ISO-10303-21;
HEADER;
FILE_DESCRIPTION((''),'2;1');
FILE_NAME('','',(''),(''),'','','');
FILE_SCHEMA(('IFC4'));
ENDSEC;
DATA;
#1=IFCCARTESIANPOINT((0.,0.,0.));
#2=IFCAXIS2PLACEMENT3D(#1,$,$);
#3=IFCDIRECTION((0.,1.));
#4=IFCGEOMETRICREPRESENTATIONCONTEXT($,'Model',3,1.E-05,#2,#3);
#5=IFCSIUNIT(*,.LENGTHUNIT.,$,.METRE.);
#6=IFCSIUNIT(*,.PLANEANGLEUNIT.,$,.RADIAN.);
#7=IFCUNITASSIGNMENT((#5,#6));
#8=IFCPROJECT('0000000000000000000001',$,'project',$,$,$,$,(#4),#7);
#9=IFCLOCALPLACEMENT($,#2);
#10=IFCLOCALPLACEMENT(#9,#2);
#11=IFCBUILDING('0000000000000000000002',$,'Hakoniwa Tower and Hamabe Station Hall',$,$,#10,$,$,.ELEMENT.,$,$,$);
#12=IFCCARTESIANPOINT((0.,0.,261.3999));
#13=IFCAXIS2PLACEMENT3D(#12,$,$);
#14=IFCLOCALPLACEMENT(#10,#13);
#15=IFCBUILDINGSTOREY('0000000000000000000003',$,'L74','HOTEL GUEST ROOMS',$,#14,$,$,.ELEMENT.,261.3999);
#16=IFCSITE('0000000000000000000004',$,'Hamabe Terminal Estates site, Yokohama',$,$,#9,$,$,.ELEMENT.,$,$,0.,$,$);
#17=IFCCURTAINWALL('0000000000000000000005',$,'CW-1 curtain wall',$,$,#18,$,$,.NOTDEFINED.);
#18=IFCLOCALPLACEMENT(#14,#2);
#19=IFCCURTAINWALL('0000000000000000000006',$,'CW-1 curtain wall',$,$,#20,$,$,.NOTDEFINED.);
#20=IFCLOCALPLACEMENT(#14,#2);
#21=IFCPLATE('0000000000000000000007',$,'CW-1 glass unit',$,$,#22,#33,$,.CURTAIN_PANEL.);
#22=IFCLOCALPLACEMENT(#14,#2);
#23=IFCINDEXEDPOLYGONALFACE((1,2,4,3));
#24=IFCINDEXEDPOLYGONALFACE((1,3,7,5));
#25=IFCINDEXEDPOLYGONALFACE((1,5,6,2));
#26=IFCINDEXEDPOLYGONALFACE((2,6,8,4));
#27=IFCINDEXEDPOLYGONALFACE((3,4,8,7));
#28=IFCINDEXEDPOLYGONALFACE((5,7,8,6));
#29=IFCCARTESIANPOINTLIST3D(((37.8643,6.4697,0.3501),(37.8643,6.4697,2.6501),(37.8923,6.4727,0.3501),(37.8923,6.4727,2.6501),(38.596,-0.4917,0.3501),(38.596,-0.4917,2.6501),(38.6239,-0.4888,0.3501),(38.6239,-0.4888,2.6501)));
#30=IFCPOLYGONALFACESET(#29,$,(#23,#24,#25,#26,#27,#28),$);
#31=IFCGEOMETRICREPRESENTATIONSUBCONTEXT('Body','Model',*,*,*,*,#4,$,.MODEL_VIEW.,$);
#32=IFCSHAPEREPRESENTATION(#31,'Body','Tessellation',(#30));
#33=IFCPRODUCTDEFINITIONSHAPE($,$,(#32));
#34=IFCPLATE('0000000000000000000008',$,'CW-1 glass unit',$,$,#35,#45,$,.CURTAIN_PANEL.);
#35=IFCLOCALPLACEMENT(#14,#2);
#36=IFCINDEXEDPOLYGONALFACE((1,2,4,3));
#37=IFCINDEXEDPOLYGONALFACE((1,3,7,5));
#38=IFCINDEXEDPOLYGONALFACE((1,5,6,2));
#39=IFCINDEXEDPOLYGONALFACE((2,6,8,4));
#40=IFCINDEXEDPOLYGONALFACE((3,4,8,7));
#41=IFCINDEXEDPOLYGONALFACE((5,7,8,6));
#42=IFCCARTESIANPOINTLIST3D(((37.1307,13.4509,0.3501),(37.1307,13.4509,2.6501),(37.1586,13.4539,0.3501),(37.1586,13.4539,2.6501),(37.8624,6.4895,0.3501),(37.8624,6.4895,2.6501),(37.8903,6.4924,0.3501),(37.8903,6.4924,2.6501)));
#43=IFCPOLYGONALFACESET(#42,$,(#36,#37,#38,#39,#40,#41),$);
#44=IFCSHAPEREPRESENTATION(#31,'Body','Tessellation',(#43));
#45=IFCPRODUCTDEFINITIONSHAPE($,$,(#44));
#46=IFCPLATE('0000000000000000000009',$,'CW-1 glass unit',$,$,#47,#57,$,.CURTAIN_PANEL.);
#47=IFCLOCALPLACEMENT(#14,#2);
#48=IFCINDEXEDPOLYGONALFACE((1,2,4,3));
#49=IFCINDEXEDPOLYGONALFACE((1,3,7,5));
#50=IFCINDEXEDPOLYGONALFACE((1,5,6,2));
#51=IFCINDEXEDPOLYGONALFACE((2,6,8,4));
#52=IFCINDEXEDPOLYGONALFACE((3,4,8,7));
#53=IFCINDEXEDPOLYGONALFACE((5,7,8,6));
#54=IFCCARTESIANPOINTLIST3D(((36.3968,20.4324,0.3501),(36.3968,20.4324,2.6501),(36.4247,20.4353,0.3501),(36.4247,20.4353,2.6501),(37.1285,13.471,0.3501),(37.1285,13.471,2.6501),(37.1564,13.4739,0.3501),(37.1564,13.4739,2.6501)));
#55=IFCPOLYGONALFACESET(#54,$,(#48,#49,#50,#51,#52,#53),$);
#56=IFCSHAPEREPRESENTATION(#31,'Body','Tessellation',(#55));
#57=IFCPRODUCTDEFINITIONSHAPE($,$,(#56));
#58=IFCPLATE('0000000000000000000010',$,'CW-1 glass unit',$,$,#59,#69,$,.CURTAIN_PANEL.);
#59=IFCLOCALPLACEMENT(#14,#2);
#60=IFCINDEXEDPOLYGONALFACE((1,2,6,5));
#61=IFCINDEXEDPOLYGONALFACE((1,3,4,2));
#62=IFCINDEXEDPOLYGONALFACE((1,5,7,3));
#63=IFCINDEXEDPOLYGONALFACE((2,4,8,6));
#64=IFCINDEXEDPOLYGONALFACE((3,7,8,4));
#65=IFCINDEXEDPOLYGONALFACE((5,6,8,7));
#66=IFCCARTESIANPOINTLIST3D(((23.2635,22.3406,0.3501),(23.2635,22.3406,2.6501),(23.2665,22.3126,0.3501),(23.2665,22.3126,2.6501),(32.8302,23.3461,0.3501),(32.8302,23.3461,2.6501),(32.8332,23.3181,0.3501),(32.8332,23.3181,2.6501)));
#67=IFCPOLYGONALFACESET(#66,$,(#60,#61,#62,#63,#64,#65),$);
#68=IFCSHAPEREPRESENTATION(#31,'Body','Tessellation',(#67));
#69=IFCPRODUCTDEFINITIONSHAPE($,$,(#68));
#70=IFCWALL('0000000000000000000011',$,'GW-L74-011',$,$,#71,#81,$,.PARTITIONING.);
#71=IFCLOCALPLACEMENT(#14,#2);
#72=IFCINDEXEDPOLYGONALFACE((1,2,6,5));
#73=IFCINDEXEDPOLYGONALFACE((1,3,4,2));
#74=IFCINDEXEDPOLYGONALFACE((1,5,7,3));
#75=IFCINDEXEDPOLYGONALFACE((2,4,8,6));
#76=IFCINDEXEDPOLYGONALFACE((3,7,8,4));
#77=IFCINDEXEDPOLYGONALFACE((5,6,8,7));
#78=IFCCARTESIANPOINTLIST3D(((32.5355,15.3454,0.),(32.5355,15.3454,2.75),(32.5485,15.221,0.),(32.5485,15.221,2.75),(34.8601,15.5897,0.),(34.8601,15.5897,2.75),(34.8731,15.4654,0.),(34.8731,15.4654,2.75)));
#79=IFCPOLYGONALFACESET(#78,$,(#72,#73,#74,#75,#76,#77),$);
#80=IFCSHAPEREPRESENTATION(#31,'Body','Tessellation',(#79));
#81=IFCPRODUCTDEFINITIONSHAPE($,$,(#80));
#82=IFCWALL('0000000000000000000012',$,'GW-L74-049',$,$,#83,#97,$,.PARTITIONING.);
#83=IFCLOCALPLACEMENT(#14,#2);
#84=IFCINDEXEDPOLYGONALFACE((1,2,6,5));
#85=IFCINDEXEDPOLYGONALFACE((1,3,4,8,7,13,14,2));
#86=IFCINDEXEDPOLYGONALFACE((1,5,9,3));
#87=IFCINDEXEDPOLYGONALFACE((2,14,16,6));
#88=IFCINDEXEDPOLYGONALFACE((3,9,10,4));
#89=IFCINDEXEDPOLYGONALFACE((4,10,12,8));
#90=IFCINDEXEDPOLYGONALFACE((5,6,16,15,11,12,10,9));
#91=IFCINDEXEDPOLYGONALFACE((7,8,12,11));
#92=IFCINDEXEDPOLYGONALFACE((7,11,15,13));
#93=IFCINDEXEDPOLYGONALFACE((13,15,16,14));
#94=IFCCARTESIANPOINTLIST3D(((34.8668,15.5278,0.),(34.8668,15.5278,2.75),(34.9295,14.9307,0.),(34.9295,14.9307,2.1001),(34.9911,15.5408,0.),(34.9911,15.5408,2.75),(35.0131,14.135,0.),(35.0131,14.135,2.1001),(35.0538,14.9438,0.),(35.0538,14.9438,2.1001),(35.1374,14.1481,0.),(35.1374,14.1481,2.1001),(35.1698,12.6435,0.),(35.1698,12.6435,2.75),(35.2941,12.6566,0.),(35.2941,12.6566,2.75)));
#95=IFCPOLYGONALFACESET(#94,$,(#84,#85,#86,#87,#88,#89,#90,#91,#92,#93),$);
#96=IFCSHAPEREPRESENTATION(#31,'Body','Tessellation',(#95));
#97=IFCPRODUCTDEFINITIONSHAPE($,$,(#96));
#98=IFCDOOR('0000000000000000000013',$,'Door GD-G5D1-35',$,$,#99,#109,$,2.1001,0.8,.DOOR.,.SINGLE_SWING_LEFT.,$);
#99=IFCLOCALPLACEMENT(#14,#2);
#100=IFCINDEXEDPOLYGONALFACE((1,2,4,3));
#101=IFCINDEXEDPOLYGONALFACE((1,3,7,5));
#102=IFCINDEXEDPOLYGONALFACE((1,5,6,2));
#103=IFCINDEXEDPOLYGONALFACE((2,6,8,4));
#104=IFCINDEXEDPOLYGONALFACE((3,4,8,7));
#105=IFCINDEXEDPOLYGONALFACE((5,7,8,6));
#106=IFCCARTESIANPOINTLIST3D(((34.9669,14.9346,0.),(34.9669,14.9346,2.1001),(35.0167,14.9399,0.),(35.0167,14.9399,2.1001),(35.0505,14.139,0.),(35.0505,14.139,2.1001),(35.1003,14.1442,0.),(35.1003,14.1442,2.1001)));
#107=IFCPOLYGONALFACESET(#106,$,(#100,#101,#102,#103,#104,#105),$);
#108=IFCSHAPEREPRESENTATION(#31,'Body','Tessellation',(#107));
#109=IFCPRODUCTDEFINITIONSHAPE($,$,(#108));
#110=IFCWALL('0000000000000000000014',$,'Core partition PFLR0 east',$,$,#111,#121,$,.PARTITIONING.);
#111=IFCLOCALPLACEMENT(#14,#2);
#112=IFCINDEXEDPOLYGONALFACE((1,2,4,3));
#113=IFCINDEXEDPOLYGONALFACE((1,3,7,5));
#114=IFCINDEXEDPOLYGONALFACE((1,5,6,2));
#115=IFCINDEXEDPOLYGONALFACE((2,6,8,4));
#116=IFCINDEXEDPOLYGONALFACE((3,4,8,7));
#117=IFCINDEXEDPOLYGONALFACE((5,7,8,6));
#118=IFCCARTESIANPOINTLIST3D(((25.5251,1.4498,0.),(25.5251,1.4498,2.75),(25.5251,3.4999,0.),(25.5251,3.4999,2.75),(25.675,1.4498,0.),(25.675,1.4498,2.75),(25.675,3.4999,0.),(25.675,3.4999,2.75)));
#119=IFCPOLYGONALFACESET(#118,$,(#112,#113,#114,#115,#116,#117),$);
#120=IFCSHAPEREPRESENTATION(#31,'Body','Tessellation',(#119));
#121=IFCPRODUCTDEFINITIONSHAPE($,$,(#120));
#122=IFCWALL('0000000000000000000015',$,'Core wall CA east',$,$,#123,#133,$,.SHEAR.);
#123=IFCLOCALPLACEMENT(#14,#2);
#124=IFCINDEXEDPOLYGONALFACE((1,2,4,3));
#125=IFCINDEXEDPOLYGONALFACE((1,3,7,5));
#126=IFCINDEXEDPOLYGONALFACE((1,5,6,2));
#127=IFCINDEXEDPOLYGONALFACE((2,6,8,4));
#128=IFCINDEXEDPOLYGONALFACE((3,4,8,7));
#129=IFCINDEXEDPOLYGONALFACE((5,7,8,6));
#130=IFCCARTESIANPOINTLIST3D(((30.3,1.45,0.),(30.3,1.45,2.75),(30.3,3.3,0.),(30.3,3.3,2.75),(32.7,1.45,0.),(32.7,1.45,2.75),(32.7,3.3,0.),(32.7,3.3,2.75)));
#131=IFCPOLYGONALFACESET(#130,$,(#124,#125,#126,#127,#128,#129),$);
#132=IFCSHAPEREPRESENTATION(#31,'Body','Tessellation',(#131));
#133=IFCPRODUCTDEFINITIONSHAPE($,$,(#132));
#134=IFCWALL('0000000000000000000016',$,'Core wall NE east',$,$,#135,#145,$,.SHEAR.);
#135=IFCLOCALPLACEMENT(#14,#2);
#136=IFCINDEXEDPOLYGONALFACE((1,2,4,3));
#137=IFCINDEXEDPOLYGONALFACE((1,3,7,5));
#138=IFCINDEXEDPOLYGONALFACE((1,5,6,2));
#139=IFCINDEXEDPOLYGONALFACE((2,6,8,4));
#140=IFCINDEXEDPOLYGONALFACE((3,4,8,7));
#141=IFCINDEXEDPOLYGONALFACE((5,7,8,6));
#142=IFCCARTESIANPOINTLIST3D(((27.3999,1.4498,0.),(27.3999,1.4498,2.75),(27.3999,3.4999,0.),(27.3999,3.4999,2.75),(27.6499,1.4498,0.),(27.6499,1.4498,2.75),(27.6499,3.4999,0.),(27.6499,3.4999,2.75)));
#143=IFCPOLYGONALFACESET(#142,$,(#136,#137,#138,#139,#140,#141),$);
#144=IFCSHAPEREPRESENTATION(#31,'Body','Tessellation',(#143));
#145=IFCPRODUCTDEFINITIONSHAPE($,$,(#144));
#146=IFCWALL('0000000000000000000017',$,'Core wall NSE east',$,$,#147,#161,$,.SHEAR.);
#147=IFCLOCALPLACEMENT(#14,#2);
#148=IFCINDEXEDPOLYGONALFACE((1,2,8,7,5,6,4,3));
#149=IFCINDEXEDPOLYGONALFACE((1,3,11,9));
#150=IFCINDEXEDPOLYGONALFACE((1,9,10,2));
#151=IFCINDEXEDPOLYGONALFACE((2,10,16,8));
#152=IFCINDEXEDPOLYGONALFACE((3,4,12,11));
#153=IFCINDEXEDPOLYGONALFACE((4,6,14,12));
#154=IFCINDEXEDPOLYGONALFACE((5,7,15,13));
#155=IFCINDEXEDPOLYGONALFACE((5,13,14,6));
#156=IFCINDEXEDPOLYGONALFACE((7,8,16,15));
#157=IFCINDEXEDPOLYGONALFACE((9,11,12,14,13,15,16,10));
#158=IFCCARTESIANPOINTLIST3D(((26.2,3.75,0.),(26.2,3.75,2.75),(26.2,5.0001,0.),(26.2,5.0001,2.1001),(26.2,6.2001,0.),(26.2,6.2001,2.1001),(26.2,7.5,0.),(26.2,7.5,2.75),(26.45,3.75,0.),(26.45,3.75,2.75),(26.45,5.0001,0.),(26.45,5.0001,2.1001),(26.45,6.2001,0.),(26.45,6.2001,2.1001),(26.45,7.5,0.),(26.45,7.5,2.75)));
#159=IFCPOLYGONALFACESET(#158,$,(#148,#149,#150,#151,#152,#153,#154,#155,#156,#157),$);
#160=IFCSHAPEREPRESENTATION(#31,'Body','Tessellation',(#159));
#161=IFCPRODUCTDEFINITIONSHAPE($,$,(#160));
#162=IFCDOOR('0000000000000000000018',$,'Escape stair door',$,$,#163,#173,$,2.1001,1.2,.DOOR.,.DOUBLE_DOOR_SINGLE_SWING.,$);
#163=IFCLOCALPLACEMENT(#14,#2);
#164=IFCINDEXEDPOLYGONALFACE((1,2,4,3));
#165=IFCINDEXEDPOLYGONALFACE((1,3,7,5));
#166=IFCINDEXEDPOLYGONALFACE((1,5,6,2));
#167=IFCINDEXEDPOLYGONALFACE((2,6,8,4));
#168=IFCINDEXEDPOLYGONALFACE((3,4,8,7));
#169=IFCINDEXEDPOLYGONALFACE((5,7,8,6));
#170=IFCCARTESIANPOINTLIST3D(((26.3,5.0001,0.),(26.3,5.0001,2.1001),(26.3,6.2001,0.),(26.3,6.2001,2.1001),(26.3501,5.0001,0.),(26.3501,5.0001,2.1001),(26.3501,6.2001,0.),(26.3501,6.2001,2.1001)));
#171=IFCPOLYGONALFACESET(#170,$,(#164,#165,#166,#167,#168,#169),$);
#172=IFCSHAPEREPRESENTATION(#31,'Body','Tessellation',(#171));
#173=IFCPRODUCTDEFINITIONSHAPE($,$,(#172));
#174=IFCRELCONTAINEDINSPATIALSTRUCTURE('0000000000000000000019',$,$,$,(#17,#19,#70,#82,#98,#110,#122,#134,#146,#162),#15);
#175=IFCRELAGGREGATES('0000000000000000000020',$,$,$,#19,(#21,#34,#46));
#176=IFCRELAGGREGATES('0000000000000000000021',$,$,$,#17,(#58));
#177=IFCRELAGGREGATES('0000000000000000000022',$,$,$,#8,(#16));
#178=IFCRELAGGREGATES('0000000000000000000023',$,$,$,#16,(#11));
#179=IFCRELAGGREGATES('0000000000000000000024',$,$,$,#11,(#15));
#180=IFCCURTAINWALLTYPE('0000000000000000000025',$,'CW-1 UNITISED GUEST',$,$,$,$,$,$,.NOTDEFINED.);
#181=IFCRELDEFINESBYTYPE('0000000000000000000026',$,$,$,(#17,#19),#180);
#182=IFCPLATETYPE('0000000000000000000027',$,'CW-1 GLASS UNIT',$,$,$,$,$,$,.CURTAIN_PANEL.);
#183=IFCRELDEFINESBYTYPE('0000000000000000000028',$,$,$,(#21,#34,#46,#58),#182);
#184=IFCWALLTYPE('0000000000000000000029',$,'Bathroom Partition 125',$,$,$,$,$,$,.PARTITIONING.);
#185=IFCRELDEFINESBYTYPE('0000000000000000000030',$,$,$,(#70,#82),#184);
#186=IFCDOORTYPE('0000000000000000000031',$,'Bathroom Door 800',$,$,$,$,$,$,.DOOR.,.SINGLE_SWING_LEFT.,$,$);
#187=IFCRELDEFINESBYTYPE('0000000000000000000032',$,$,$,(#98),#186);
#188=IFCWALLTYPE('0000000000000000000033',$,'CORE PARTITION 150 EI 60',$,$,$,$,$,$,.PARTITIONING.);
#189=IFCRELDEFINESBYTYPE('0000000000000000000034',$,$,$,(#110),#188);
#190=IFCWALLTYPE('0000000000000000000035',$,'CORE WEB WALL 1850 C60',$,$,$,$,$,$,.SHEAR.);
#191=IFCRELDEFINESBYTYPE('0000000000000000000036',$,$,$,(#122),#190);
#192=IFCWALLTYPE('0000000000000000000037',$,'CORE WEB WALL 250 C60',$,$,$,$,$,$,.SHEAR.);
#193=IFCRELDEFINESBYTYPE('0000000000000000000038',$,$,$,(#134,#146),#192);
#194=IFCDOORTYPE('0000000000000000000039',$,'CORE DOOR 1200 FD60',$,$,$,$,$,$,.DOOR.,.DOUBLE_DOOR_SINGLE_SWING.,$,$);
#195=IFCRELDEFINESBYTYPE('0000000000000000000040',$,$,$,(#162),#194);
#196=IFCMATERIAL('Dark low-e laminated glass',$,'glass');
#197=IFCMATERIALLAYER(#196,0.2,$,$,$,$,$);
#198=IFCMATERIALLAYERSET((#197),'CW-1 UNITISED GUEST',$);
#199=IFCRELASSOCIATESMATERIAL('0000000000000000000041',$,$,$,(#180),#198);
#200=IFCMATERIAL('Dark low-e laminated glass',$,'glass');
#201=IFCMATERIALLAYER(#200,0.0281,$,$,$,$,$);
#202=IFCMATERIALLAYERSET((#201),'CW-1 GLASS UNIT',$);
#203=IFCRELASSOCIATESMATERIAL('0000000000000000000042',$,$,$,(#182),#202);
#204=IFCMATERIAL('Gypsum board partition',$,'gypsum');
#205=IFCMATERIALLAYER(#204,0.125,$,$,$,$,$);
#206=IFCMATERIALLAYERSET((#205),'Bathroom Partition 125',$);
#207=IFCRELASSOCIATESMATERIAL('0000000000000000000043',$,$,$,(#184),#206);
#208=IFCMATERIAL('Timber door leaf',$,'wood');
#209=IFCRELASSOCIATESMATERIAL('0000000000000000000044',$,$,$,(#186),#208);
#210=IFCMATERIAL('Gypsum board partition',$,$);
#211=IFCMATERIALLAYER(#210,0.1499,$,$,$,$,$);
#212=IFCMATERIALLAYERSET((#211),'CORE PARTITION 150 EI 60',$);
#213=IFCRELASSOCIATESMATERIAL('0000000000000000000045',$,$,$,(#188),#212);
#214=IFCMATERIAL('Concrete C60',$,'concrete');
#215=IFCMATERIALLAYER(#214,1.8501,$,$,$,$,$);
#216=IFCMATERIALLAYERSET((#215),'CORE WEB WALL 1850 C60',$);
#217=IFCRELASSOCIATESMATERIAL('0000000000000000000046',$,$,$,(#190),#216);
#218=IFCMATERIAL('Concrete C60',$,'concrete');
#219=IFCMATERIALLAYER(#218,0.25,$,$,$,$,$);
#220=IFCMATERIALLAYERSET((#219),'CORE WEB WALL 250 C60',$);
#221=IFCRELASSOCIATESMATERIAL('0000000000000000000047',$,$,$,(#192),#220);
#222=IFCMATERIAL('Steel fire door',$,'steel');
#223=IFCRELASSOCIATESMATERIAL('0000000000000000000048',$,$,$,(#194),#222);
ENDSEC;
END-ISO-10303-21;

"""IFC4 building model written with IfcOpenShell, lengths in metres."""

from ifc_helpers import new_model, si_unit, direction, frame, frame_2d, origin, origin_2d, place, context, subcontext, project, spatial, rectangle, extrude, material, layer, layer_set, type_object, element, fill, aggregate, save


model = new_model("IFC4")

# Units and contexts
model_context = context("Model", 3, precision=1e-05, world=origin(), true_north=direction((0.0, 1.0)))
body_context = subcontext(model_context, "Body", "Model", "MODEL_VIEW")
ifc_project = project(units=[si_unit("LENGTHUNIT", "METRE"), si_unit("PLANEANGLEUNIT", "RADIAN")], contexts=[model_context])

# Site, building, storey
site_placement = place(None, origin())
site = spatial("IfcSite", under=ifc_project, at=site_placement, Name="Hamabe Terminal Estates site, Yokohama", CompositionType="ELEMENT", RefElevation=0.0)
building_placement = place(site_placement, origin())
building = spatial("IfcBuilding", under=site, at=building_placement, Name="Hakoniwa Tower and Hamabe Station Hall", CompositionType="ELEMENT")
storey_placement = place(building_placement, frame((0.0, 0.0, 261.3999)))
storey = spatial("IfcBuildingStorey", under=building, at=storey_placement, Name="L74", Description="HOTEL GUEST ROOMS", CompositionType="ELEMENT", Elevation=261.3999)

# Curtain wall
ifc_material_1 = material(Name="Dark low-e laminated glass", Category="glass")
ifc_layer_1 = layer(ifc_material_1, 0.2)
ifc_layer_set_1 = layer_set([ifc_layer_1], Name="CW-1 UNITISED GUEST")
curtain_wall_type = type_object("IfcCurtainWallType", Name="CW-1 UNITISED GUEST", PredefinedType="NOTDEFINED", material=ifc_layer_set_1)
curtain_wall_1_placement = place(storey_placement, origin())
curtain_wall_1 = element("IfcCurtainWall", 1, at=curtain_wall_1_placement, inside=storey, type_object=curtain_wall_type, Name="CW-1 curtain wall", PredefinedType="NOTDEFINED")

# Curtain wall
curtain_wall_2_placement = place(storey_placement, origin())
curtain_wall_2 = element("IfcCurtainWall", 2, at=curtain_wall_2_placement, inside=storey, type_object=curtain_wall_type, Name="CW-1 curtain wall", PredefinedType="NOTDEFINED")

# Plates
ifc_material_2 = material(Name="Dark low-e laminated glass", Category="glass")
ifc_layer_2 = layer(ifc_material_2, 0.0281)
ifc_layer_set_2 = layer_set([ifc_layer_2], Name="CW-1 GLASS UNIT")
plate_type = type_object("IfcPlateType", Name="CW-1 GLASS UNIT", PredefinedType="CURTAIN_PANEL", material=ifc_layer_set_2)
plate_1_placement = place(storey_placement, frame((38.2441, 2.9905, 0.3501), z_axis=(0.0, 0.0, 1.0), x_axis=(-0.104528, 0.994522, 0.0)))
plate_1 = element("IfcPlate", 3, at=plate_1_placement, type_object=plate_type, Name="CW-1 glass unit", PredefinedType="CURTAIN_PANEL", context=body_context, shape_type="SweptSolid", body=[
    extrude(rectangle(XDim=6.9998, YDim=0.0281, at=origin_2d()), origin(), (0.0, 0.0, 1.0), 2.3),
])
plate_2_placement = place(storey_placement, frame((37.5105, 9.9717, 0.3501), z_axis=(0.0, 0.0, 1.0), x_axis=(-0.104528, 0.994522, 0.0)))
plate_2 = element("IfcPlate", 4, at=plate_2_placement, type_object=plate_type, Name="CW-1 glass unit", PredefinedType="CURTAIN_PANEL", context=body_context, shape_type="SweptSolid", body=[
    extrude(rectangle(XDim=6.9998, YDim=0.0281, at=origin_2d()), origin(), (0.0, 0.0, 1.0), 2.3),
])
plate_3_placement = place(storey_placement, frame((36.7766, 16.9531, 0.3501), z_axis=(0.0, 0.0, 1.0), x_axis=(-0.104528, 0.994522, 0.0)))
plate_3 = element("IfcPlate", 5, at=plate_3_placement, type_object=plate_type, Name="CW-1 glass unit", PredefinedType="CURTAIN_PANEL", context=body_context, shape_type="SweptSolid", body=[
    extrude(rectangle(XDim=6.9998, YDim=0.0281, at=origin_2d()), origin(), (0.0, 0.0, 1.0), 2.3),
])
aggregate(curtain_wall_2, [plate_1, plate_2, plate_3])
plate_4_placement = place(storey_placement, frame((28.0483, 22.8293, 0.3501), z_axis=(0.0, 0.0, 1.0), x_axis=(-0.994522, -0.104528, 0.0)))
plate_4 = element("IfcPlate", 6, at=plate_4_placement, type_object=plate_type, Name="CW-1 glass unit", PredefinedType="CURTAIN_PANEL", context=body_context, shape_type="SweptSolid", body=[
    extrude(rectangle(XDim=9.6194, YDim=0.0281, at=origin_2d()), origin(), (0.0, 0.0, 1.0), 2.3),
])
aggregate(curtain_wall_1, [plate_4])

# Wall
ifc_material_3 = material(Name="Gypsum board partition", Category="gypsum")
ifc_layer_3 = layer(ifc_material_3, 0.125)
ifc_layer_set_3 = layer_set([ifc_layer_3], Name="Bathroom Partition 125")
wall_type_1 = type_object("IfcWallType", Name="Bathroom Partition 125", PredefinedType="PARTITIONING", material=ifc_layer_set_3)
wall_1_placement = place(storey_placement, frame((32.542, 15.2832, 0.0), z_axis=(0.0, 0.0, 1.0), x_axis=(0.99452, 0.104549, 0.0)))
element("IfcWall", 7, at=wall_1_placement, inside=storey, type_object=wall_type_1, Name="GW-L74-011", PredefinedType="PARTITIONING", context=body_context, shape_type="SweptSolid", body=[
    extrude(rectangle(XDim=2.3374, YDim=0.125, at=frame_2d((1.1687, 0.0))), origin(), (0.0, 0.0, 1.0), 2.75),
])

# Wall, opening, door
wall_2_placement = place(storey_placement, frame((35.2319, 12.6499, 0.0), z_axis=(0.0, 0.0, 1.0), x_axis=(-0.10447, 0.994528, 0.0)))
wall_2 = element("IfcWall", 8, at=wall_2_placement, inside=storey, type_object=wall_type_1, Name="GW-L74-049", PredefinedType="PARTITIONING", context=body_context, shape_type="SweptSolid", body=[
    extrude(rectangle(XDim=2.9001, YDim=0.125, at=frame_2d((1.4502, 0.0))), origin(), (0.0, 0.0, 1.0), 2.75),
])
opening_1_placement = place(wall_2_placement, frame((1.5, 0.0, 0.0)))
opening_1 = element("IfcOpeningElement", 9, at=opening_1_placement, cuts=wall_2, PredefinedType="OPENING", context=body_context, shape_type="SweptSolid", body=[
    extrude(rectangle(XDim=0.8, YDim=2.1001, at=frame_2d((0.3999, 1.05))), frame((0.0, 0.0725, 0.0), z_axis=(0.0, -1.0, 0.0), x_axis=(1.0, 0.0, 0.0)), (0.0, 0.0, 1.0), 0.145),
])
ifc_material_4 = material(Name="Timber door leaf", Category="wood")
door_type_1 = type_object("IfcDoorType", Name="Bathroom Door 800", OperationType="SINGLE_SWING_LEFT", PredefinedType="DOOR", material=ifc_material_4)
door_1_placement = place(opening_1_placement, origin())
door_1 = element("IfcDoor", 10, at=door_1_placement, inside=storey, type_object=door_type_1, Name="Door GD-G5D1-35", OperationType="SINGLE_SWING_LEFT", OverallHeight=2.1001, OverallWidth=0.8, PredefinedType="DOOR", context=body_context, shape_type="SweptSolid", body=[
    extrude(rectangle(XDim=0.8, YDim=2.1001, at=frame_2d((0.3999, 1.05))), frame((0.0, 0.0249, 0.0), z_axis=(0.0, -1.0, 0.0), x_axis=(1.0, 0.0, 0.0)), (0.0, 0.0, 1.0), 0.05),
])
fill(opening_1, door_1)

# Walls
ifc_material_5 = material(Name="Gypsum board partition")
ifc_layer_4 = layer(ifc_material_5, 0.1499)
ifc_layer_set_4 = layer_set([ifc_layer_4], Name="CORE PARTITION 150 EI 60")
wall_type_2 = type_object("IfcWallType", Name="CORE PARTITION 150 EI 60", PredefinedType="PARTITIONING", material=ifc_layer_set_4)
wall_3_placement = place(storey_placement, frame((25.6001, 1.45, 0.0), z_axis=(0.0, 0.0, 1.0), x_axis=(0.0, 1.0, 0.0)))
element("IfcWall", 11, at=wall_3_placement, inside=storey, type_object=wall_type_2, Name="Core partition PFLR0 east", PredefinedType="PARTITIONING", context=body_context, shape_type="SweptSolid", body=[
    extrude(rectangle(XDim=2.05, YDim=0.1499, at=frame_2d((1.0249, 0.0))), origin(), (0.0, 0.0, 1.0), 2.75),
])
ifc_material_6 = material(Name="Concrete C60", Category="concrete")
ifc_layer_5 = layer(ifc_material_6, 1.8501)
ifc_layer_set_5 = layer_set([ifc_layer_5], Name="CORE WEB WALL 1850 C60")
wall_type_3 = type_object("IfcWallType", Name="CORE WEB WALL 1850 C60", PredefinedType="SHEAR", material=ifc_layer_set_5)
wall_4_placement = place(storey_placement, frame((30.3, 2.375, 0.0), z_axis=(0.0, 0.0, 1.0), x_axis=(1.0, 0.0, 0.0)))
element("IfcWall", 12, at=wall_4_placement, inside=storey, type_object=wall_type_3, Name="Core wall CA east", PredefinedType="SHEAR", context=body_context, shape_type="SweptSolid", body=[
    extrude(rectangle(XDim=2.3999, YDim=1.8501, at=frame_2d((1.2, 0.0))), origin(), (0.0, 0.0, 1.0), 2.75),
])
ifc_material_7 = material(Name="Concrete C60", Category="concrete")
ifc_layer_6 = layer(ifc_material_7, 0.25)
ifc_layer_set_6 = layer_set([ifc_layer_6], Name="CORE WEB WALL 250 C60")
wall_type_4 = type_object("IfcWallType", Name="CORE WEB WALL 250 C60", PredefinedType="SHEAR", material=ifc_layer_set_6)
wall_5_placement = place(storey_placement, frame((27.5249, 1.45, 0.0), z_axis=(0.0, 0.0, 1.0), x_axis=(0.0, 1.0, 0.0)))
element("IfcWall", 13, at=wall_5_placement, inside=storey, type_object=wall_type_4, Name="Core wall NE east", PredefinedType="SHEAR", context=body_context, shape_type="SweptSolid", body=[
    extrude(rectangle(XDim=2.05, YDim=0.25, at=frame_2d((1.0249, 0.0))), origin(), (0.0, 0.0, 1.0), 2.75),
])

# Wall, opening, door
wall_6_placement = place(storey_placement, frame((26.325, 3.75, 0.0), z_axis=(0.0, 0.0, 1.0), x_axis=(0.0, 1.0, 0.0)))
wall_6 = element("IfcWall", 14, at=wall_6_placement, inside=storey, type_object=wall_type_4, Name="Core wall NSE east", PredefinedType="SHEAR", context=body_context, shape_type="SweptSolid", body=[
    extrude(rectangle(XDim=3.75, YDim=0.25, at=frame_2d((1.875, 0.0))), origin(), (0.0, 0.0, 1.0), 2.75),
])
opening_2_placement = place(wall_6_placement, frame((1.25, 0.0, 0.0)))
opening_2 = element("IfcOpeningElement", 15, at=opening_2_placement, cuts=wall_6, PredefinedType="OPENING", context=body_context, shape_type="SweptSolid", body=[
    extrude(rectangle(XDim=1.2, YDim=2.1001, at=frame_2d((0.6001, 1.05))), frame((0.0, 0.135, 0.0), z_axis=(0.0, -1.0, 0.0), x_axis=(1.0, 0.0, 0.0)), (0.0, 0.0, 1.0), 0.27),
])
ifc_material_8 = material(Name="Steel fire door", Category="steel")
door_type_2 = type_object("IfcDoorType", Name="CORE DOOR 1200 FD60", OperationType="DOUBLE_DOOR_SINGLE_SWING", PredefinedType="DOOR", material=ifc_material_8)
door_2_placement = place(opening_2_placement, origin())
door_2 = element("IfcDoor", 16, at=door_2_placement, inside=storey, type_object=door_type_2, Name="Escape stair door", OperationType="DOUBLE_DOOR_SINGLE_SWING", OverallHeight=2.1001, OverallWidth=1.2, PredefinedType="DOOR", context=body_context, shape_type="SweptSolid", body=[
    extrude(rectangle(XDim=1.2, YDim=2.1001, at=frame_2d((0.6001, 1.05))), frame((0.0, 0.0249, 0.0), z_axis=(0.0, -1.0, 0.0), x_axis=(1.0, 0.0, 0.0)), (0.0, 0.0, 1.0), 0.05),
])
fill(opening_2, door_2)

save(model, "model.ifc")
